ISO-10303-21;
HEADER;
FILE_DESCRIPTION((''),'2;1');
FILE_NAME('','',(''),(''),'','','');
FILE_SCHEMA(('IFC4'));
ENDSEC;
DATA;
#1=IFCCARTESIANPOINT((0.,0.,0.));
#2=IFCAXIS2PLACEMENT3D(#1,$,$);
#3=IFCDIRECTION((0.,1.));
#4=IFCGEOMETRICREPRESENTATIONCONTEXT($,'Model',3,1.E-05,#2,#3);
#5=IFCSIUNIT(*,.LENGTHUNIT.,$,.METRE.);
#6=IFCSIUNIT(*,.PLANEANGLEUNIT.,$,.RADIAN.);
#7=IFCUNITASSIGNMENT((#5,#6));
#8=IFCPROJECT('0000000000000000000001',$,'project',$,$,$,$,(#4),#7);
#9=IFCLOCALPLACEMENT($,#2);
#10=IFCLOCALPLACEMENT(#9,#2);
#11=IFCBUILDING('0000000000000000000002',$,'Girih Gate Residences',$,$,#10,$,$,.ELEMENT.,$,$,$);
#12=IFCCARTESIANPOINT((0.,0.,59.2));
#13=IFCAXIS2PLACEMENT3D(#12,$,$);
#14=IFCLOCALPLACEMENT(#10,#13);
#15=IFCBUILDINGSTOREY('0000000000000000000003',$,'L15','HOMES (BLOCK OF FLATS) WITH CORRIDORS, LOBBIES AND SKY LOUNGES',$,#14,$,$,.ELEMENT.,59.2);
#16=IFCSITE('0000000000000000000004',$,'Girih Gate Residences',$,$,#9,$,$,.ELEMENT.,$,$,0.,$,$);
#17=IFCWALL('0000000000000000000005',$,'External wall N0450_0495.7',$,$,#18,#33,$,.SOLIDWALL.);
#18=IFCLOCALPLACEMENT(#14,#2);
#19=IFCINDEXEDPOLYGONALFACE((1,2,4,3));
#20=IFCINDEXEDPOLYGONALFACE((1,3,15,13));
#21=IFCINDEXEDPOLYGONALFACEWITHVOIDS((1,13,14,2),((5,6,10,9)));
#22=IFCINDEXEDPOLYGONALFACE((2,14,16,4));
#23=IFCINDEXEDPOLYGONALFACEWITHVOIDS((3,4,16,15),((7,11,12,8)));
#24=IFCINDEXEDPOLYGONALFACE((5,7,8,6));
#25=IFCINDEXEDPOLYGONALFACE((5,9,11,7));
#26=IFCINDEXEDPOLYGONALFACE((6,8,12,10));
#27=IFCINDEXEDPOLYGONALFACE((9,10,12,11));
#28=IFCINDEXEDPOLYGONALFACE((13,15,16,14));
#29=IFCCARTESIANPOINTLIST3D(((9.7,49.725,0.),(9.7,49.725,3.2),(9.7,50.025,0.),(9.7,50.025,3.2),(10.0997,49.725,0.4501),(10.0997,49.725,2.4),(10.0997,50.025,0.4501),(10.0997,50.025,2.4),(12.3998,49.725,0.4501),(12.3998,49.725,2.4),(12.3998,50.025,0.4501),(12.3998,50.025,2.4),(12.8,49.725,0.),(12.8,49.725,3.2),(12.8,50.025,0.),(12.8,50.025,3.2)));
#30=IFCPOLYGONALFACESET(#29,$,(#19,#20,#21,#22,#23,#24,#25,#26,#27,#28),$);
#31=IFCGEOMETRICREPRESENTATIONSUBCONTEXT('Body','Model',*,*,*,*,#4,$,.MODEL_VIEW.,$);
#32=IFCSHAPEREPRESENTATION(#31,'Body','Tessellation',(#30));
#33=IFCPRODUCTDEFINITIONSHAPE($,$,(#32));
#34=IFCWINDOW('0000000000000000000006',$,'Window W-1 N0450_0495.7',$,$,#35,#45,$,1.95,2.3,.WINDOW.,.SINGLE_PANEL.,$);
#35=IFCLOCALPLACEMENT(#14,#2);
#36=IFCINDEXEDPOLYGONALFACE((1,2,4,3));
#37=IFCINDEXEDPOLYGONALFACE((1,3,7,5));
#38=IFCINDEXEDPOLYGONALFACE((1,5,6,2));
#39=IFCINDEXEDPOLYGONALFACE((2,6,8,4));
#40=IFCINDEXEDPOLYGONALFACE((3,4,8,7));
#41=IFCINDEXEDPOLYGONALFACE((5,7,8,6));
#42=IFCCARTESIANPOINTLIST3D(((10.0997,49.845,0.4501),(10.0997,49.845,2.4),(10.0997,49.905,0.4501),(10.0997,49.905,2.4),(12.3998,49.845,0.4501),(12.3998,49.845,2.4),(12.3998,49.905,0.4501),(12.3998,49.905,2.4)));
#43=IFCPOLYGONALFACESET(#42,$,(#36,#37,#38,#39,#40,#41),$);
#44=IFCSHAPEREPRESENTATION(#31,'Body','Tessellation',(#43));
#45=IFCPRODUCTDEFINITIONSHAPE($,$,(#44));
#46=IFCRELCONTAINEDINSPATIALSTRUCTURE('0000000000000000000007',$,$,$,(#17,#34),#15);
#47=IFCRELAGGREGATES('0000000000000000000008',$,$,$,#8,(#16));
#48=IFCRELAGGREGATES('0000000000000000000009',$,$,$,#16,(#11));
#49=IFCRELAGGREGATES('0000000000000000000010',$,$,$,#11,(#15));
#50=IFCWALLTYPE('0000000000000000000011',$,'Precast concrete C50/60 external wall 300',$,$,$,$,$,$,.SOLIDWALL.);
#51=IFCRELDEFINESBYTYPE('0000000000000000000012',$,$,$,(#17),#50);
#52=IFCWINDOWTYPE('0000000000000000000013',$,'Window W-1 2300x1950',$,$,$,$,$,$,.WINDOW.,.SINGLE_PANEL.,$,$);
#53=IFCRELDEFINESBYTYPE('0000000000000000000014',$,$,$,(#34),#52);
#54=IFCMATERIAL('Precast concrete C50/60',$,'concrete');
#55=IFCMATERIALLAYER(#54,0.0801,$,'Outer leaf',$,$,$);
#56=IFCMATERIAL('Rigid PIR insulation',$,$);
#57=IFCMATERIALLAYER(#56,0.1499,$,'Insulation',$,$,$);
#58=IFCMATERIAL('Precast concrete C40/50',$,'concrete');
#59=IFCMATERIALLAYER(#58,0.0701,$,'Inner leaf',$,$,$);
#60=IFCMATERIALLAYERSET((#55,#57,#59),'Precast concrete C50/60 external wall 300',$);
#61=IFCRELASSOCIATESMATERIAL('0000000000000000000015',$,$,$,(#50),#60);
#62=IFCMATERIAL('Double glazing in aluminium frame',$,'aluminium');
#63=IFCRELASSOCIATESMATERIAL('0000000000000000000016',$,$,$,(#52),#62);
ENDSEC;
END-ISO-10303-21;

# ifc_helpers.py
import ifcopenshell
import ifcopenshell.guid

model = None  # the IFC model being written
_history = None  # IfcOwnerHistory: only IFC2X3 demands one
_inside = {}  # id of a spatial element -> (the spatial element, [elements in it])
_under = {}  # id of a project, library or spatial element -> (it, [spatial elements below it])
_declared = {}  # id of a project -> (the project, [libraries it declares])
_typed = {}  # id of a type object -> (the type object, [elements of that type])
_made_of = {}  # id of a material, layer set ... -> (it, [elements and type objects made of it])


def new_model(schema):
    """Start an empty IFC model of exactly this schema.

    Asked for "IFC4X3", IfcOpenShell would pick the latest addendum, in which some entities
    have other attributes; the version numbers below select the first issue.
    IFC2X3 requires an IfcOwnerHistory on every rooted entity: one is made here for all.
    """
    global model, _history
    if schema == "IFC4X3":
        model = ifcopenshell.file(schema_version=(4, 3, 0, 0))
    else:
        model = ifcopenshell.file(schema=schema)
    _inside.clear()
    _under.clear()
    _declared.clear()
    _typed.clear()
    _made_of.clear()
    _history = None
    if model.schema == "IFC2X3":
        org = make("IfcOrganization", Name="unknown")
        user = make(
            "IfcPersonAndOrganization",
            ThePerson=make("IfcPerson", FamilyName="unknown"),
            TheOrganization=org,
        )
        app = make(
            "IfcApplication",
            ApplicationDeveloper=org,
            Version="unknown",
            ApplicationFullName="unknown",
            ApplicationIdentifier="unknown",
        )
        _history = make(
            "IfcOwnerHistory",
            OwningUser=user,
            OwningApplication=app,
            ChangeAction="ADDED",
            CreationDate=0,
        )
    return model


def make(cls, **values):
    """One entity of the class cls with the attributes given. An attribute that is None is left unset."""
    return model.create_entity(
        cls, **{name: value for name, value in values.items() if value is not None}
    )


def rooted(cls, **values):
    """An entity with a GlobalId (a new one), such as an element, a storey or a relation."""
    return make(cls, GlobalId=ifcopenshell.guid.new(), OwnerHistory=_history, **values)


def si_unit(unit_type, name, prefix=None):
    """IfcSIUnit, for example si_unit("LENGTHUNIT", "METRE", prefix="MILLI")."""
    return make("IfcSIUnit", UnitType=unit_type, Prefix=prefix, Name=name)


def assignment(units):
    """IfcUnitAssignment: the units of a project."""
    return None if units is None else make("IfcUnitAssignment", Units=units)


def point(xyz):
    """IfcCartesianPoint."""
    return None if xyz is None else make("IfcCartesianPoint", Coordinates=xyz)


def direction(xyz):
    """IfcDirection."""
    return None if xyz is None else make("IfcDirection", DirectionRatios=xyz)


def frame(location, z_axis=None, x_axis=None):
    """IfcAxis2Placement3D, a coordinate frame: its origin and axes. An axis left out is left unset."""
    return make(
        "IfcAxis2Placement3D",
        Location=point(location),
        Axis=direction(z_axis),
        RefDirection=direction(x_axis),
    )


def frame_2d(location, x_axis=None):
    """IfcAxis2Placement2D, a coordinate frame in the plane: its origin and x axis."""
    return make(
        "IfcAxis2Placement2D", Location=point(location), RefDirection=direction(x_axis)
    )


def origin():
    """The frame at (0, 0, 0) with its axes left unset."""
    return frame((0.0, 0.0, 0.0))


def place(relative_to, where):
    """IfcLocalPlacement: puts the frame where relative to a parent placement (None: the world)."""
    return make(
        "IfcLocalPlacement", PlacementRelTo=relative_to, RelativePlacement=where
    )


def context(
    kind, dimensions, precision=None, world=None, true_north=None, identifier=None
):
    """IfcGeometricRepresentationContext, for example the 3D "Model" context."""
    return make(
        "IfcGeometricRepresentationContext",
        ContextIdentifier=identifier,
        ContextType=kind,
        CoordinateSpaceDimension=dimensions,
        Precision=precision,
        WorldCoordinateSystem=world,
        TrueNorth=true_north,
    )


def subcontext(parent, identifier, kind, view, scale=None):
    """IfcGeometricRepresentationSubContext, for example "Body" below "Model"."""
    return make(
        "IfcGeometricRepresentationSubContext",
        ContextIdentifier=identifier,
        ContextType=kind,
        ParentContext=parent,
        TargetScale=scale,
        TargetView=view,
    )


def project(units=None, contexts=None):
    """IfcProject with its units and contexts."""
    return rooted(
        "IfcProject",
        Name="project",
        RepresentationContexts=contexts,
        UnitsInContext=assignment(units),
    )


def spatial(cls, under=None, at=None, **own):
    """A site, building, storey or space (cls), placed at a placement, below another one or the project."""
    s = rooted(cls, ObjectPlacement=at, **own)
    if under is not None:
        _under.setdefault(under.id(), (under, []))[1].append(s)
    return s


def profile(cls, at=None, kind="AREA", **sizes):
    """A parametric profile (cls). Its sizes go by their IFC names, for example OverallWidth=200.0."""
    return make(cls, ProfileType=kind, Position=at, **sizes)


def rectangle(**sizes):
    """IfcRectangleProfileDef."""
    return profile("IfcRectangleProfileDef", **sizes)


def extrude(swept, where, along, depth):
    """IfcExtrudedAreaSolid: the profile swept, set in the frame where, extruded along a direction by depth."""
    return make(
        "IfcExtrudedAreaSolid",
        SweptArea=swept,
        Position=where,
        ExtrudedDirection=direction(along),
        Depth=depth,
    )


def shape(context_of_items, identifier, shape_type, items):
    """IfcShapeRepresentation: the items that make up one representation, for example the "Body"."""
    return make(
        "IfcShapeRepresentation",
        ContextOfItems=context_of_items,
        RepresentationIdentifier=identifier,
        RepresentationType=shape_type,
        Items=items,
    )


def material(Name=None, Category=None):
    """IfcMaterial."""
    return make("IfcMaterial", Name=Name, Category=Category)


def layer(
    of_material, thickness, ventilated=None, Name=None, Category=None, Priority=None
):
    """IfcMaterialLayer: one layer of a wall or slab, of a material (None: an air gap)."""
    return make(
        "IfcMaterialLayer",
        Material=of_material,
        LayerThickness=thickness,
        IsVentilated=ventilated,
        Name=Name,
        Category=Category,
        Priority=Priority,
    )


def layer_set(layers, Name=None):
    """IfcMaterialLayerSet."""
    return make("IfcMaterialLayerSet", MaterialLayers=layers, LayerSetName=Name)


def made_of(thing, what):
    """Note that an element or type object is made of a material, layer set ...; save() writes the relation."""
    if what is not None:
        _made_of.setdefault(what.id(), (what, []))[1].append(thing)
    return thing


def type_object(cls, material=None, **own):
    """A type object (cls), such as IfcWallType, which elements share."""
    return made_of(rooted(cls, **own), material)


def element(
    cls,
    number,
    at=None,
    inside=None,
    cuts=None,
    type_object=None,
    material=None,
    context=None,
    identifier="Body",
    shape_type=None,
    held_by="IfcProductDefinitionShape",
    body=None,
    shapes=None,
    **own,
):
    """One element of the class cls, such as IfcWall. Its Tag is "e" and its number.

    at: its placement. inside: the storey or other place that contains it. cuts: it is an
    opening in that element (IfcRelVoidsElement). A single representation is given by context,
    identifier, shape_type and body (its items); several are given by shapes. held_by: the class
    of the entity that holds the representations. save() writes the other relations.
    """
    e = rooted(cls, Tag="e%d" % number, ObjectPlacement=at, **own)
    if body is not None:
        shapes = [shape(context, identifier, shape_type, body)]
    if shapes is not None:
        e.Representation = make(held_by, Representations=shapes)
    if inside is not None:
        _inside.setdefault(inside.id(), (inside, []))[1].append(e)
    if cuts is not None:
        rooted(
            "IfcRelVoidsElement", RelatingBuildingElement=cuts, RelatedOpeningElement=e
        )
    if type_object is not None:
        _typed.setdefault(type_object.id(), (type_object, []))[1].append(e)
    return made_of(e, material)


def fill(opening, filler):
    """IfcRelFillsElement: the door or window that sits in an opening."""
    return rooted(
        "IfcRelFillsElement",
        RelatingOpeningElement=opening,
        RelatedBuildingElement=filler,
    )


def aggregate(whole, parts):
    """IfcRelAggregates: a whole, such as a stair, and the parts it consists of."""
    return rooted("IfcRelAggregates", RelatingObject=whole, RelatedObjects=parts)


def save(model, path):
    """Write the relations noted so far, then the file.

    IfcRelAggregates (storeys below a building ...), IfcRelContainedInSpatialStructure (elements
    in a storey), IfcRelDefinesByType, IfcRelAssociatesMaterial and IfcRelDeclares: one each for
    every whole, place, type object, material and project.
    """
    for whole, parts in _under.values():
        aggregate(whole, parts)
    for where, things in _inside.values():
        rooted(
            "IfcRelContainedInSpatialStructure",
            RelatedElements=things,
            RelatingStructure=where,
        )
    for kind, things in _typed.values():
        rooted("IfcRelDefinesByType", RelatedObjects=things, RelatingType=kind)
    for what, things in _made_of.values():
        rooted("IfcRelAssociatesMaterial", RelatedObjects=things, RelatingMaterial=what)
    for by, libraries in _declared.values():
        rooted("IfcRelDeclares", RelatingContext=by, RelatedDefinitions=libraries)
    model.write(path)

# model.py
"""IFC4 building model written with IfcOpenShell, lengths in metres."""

from ifc_helpers import new_model, si_unit, direction, frame, frame_2d, origin, place, context, subcontext, project, spatial, rectangle, extrude, material, layer, layer_set, type_object, element, fill, save


model = new_model("IFC4")

# Units and contexts
model_context = context("Model", 3, precision=1e-05, world=origin(), true_north=direction((0.0, 1.0)))
body_context = subcontext(model_context, "Body", "Model", "MODEL_VIEW")
ifc_project = project(units=[si_unit("LENGTHUNIT", "METRE"), si_unit("PLANEANGLEUNIT", "RADIAN")], contexts=[model_context])

# Site, building, storey
site_placement = place(None, origin())
site = spatial("IfcSite", under=ifc_project, at=site_placement, Name="Girih Gate Residences", CompositionType="ELEMENT", RefElevation=0.0)
building_placement = place(site_placement, origin())
building = spatial("IfcBuilding", under=site, at=building_placement, Name="Girih Gate Residences", CompositionType="ELEMENT")
storey_placement = place(building_placement, frame((0.0, 0.0, 59.2)))
storey = spatial("IfcBuildingStorey", under=building, at=storey_placement, Name="L15", Description="HOMES (BLOCK OF FLATS) WITH CORRIDORS, LOBBIES AND SKY LOUNGES", CompositionType="ELEMENT", Elevation=59.2)

# Wall, opening, window
ifc_material_1 = material(Name="Precast concrete C50/60", Category="concrete")
ifc_layer_1 = layer(ifc_material_1, 0.0801, Name="Outer leaf")
ifc_material_2 = material(Name="Rigid PIR insulation")
ifc_layer_2 = layer(ifc_material_2, 0.1499, Name="Insulation")
ifc_material_3 = material(Name="Precast concrete C40/50", Category="concrete")
ifc_layer_3 = layer(ifc_material_3, 0.0701, Name="Inner leaf")
ifc_layer_set_1 = layer_set([ifc_layer_1, ifc_layer_2, ifc_layer_3], Name="Precast concrete C50/60 external wall 300")
wall_type_1 = type_object("IfcWallType", Name="Precast concrete C50/60 external wall 300", PredefinedType="SOLIDWALL", material=ifc_layer_set_1)
ifc_material_4 = material(Name="Double glazing in aluminium frame", Category="aluminium")
window_type = type_object("IfcWindowType", Name="Window W-1 2300x1950", PartitioningType="SINGLE_PANEL", PredefinedType="WINDOW", material=ifc_material_4)
wall_1_placement = place(storey_placement, frame((9.7, 49.875, 0.0), z_axis=(0.0, 0.0, 1.0), x_axis=(1.0, 0.0, 0.0)))
wall_1 = element("IfcWall", 1, at=wall_1_placement, inside=storey, type_object=wall_type_1, Name="External wall N0450_0495.7", PredefinedType="SOLIDWALL", context=body_context, shape_type="SweptSolid", body=[
    extrude(rectangle(XDim=3.1001, YDim=0.3, at=frame_2d((1.55, 0.0))), origin(), (0.0, 0.0, 1.0), 3.2),
])
opening_1_placement = place(wall_1_placement, frame((0.3999, 0.0, 0.45)))
opening_1 = element("IfcOpeningElement", 2, at=opening_1_placement, cuts=wall_1, PredefinedType="OPENING", context=body_context, shape_type="SweptSolid", body=[
    extrude(rectangle(XDim=2.3, YDim=1.95, at=frame_2d((1.1499, 0.9751))), frame((0.0, 0.1599, 0.0), z_axis=(0.0, -1.0, 0.0), x_axis=(1.0, 0.0, 0.0)), (0.0, 0.0, 1.0), 0.3201),
])
window_1_placement = place(opening_1_placement, origin())
window_1 = element("IfcWindow", 3, at=window_1_placement, inside=storey, type_object=window_type, Name="Window W-1 N0450_0495.7", OverallHeight=1.95, OverallWidth=2.3, PartitioningType="SINGLE_PANEL", PredefinedType="WINDOW", context=body_context, shape_type="SweptSolid", body=[
    extrude(rectangle(XDim=2.3, YDim=1.95, at=frame_2d((1.1499, 0.9751))), frame((0.0, 0.03, 0.0), z_axis=(0.0, -1.0, 0.0), x_axis=(1.0, 0.0, 0.0)), (0.0, 0.0, 1.0), 0.0601),
])
fill(opening_1, window_1)

save(model, "model.ifc")
